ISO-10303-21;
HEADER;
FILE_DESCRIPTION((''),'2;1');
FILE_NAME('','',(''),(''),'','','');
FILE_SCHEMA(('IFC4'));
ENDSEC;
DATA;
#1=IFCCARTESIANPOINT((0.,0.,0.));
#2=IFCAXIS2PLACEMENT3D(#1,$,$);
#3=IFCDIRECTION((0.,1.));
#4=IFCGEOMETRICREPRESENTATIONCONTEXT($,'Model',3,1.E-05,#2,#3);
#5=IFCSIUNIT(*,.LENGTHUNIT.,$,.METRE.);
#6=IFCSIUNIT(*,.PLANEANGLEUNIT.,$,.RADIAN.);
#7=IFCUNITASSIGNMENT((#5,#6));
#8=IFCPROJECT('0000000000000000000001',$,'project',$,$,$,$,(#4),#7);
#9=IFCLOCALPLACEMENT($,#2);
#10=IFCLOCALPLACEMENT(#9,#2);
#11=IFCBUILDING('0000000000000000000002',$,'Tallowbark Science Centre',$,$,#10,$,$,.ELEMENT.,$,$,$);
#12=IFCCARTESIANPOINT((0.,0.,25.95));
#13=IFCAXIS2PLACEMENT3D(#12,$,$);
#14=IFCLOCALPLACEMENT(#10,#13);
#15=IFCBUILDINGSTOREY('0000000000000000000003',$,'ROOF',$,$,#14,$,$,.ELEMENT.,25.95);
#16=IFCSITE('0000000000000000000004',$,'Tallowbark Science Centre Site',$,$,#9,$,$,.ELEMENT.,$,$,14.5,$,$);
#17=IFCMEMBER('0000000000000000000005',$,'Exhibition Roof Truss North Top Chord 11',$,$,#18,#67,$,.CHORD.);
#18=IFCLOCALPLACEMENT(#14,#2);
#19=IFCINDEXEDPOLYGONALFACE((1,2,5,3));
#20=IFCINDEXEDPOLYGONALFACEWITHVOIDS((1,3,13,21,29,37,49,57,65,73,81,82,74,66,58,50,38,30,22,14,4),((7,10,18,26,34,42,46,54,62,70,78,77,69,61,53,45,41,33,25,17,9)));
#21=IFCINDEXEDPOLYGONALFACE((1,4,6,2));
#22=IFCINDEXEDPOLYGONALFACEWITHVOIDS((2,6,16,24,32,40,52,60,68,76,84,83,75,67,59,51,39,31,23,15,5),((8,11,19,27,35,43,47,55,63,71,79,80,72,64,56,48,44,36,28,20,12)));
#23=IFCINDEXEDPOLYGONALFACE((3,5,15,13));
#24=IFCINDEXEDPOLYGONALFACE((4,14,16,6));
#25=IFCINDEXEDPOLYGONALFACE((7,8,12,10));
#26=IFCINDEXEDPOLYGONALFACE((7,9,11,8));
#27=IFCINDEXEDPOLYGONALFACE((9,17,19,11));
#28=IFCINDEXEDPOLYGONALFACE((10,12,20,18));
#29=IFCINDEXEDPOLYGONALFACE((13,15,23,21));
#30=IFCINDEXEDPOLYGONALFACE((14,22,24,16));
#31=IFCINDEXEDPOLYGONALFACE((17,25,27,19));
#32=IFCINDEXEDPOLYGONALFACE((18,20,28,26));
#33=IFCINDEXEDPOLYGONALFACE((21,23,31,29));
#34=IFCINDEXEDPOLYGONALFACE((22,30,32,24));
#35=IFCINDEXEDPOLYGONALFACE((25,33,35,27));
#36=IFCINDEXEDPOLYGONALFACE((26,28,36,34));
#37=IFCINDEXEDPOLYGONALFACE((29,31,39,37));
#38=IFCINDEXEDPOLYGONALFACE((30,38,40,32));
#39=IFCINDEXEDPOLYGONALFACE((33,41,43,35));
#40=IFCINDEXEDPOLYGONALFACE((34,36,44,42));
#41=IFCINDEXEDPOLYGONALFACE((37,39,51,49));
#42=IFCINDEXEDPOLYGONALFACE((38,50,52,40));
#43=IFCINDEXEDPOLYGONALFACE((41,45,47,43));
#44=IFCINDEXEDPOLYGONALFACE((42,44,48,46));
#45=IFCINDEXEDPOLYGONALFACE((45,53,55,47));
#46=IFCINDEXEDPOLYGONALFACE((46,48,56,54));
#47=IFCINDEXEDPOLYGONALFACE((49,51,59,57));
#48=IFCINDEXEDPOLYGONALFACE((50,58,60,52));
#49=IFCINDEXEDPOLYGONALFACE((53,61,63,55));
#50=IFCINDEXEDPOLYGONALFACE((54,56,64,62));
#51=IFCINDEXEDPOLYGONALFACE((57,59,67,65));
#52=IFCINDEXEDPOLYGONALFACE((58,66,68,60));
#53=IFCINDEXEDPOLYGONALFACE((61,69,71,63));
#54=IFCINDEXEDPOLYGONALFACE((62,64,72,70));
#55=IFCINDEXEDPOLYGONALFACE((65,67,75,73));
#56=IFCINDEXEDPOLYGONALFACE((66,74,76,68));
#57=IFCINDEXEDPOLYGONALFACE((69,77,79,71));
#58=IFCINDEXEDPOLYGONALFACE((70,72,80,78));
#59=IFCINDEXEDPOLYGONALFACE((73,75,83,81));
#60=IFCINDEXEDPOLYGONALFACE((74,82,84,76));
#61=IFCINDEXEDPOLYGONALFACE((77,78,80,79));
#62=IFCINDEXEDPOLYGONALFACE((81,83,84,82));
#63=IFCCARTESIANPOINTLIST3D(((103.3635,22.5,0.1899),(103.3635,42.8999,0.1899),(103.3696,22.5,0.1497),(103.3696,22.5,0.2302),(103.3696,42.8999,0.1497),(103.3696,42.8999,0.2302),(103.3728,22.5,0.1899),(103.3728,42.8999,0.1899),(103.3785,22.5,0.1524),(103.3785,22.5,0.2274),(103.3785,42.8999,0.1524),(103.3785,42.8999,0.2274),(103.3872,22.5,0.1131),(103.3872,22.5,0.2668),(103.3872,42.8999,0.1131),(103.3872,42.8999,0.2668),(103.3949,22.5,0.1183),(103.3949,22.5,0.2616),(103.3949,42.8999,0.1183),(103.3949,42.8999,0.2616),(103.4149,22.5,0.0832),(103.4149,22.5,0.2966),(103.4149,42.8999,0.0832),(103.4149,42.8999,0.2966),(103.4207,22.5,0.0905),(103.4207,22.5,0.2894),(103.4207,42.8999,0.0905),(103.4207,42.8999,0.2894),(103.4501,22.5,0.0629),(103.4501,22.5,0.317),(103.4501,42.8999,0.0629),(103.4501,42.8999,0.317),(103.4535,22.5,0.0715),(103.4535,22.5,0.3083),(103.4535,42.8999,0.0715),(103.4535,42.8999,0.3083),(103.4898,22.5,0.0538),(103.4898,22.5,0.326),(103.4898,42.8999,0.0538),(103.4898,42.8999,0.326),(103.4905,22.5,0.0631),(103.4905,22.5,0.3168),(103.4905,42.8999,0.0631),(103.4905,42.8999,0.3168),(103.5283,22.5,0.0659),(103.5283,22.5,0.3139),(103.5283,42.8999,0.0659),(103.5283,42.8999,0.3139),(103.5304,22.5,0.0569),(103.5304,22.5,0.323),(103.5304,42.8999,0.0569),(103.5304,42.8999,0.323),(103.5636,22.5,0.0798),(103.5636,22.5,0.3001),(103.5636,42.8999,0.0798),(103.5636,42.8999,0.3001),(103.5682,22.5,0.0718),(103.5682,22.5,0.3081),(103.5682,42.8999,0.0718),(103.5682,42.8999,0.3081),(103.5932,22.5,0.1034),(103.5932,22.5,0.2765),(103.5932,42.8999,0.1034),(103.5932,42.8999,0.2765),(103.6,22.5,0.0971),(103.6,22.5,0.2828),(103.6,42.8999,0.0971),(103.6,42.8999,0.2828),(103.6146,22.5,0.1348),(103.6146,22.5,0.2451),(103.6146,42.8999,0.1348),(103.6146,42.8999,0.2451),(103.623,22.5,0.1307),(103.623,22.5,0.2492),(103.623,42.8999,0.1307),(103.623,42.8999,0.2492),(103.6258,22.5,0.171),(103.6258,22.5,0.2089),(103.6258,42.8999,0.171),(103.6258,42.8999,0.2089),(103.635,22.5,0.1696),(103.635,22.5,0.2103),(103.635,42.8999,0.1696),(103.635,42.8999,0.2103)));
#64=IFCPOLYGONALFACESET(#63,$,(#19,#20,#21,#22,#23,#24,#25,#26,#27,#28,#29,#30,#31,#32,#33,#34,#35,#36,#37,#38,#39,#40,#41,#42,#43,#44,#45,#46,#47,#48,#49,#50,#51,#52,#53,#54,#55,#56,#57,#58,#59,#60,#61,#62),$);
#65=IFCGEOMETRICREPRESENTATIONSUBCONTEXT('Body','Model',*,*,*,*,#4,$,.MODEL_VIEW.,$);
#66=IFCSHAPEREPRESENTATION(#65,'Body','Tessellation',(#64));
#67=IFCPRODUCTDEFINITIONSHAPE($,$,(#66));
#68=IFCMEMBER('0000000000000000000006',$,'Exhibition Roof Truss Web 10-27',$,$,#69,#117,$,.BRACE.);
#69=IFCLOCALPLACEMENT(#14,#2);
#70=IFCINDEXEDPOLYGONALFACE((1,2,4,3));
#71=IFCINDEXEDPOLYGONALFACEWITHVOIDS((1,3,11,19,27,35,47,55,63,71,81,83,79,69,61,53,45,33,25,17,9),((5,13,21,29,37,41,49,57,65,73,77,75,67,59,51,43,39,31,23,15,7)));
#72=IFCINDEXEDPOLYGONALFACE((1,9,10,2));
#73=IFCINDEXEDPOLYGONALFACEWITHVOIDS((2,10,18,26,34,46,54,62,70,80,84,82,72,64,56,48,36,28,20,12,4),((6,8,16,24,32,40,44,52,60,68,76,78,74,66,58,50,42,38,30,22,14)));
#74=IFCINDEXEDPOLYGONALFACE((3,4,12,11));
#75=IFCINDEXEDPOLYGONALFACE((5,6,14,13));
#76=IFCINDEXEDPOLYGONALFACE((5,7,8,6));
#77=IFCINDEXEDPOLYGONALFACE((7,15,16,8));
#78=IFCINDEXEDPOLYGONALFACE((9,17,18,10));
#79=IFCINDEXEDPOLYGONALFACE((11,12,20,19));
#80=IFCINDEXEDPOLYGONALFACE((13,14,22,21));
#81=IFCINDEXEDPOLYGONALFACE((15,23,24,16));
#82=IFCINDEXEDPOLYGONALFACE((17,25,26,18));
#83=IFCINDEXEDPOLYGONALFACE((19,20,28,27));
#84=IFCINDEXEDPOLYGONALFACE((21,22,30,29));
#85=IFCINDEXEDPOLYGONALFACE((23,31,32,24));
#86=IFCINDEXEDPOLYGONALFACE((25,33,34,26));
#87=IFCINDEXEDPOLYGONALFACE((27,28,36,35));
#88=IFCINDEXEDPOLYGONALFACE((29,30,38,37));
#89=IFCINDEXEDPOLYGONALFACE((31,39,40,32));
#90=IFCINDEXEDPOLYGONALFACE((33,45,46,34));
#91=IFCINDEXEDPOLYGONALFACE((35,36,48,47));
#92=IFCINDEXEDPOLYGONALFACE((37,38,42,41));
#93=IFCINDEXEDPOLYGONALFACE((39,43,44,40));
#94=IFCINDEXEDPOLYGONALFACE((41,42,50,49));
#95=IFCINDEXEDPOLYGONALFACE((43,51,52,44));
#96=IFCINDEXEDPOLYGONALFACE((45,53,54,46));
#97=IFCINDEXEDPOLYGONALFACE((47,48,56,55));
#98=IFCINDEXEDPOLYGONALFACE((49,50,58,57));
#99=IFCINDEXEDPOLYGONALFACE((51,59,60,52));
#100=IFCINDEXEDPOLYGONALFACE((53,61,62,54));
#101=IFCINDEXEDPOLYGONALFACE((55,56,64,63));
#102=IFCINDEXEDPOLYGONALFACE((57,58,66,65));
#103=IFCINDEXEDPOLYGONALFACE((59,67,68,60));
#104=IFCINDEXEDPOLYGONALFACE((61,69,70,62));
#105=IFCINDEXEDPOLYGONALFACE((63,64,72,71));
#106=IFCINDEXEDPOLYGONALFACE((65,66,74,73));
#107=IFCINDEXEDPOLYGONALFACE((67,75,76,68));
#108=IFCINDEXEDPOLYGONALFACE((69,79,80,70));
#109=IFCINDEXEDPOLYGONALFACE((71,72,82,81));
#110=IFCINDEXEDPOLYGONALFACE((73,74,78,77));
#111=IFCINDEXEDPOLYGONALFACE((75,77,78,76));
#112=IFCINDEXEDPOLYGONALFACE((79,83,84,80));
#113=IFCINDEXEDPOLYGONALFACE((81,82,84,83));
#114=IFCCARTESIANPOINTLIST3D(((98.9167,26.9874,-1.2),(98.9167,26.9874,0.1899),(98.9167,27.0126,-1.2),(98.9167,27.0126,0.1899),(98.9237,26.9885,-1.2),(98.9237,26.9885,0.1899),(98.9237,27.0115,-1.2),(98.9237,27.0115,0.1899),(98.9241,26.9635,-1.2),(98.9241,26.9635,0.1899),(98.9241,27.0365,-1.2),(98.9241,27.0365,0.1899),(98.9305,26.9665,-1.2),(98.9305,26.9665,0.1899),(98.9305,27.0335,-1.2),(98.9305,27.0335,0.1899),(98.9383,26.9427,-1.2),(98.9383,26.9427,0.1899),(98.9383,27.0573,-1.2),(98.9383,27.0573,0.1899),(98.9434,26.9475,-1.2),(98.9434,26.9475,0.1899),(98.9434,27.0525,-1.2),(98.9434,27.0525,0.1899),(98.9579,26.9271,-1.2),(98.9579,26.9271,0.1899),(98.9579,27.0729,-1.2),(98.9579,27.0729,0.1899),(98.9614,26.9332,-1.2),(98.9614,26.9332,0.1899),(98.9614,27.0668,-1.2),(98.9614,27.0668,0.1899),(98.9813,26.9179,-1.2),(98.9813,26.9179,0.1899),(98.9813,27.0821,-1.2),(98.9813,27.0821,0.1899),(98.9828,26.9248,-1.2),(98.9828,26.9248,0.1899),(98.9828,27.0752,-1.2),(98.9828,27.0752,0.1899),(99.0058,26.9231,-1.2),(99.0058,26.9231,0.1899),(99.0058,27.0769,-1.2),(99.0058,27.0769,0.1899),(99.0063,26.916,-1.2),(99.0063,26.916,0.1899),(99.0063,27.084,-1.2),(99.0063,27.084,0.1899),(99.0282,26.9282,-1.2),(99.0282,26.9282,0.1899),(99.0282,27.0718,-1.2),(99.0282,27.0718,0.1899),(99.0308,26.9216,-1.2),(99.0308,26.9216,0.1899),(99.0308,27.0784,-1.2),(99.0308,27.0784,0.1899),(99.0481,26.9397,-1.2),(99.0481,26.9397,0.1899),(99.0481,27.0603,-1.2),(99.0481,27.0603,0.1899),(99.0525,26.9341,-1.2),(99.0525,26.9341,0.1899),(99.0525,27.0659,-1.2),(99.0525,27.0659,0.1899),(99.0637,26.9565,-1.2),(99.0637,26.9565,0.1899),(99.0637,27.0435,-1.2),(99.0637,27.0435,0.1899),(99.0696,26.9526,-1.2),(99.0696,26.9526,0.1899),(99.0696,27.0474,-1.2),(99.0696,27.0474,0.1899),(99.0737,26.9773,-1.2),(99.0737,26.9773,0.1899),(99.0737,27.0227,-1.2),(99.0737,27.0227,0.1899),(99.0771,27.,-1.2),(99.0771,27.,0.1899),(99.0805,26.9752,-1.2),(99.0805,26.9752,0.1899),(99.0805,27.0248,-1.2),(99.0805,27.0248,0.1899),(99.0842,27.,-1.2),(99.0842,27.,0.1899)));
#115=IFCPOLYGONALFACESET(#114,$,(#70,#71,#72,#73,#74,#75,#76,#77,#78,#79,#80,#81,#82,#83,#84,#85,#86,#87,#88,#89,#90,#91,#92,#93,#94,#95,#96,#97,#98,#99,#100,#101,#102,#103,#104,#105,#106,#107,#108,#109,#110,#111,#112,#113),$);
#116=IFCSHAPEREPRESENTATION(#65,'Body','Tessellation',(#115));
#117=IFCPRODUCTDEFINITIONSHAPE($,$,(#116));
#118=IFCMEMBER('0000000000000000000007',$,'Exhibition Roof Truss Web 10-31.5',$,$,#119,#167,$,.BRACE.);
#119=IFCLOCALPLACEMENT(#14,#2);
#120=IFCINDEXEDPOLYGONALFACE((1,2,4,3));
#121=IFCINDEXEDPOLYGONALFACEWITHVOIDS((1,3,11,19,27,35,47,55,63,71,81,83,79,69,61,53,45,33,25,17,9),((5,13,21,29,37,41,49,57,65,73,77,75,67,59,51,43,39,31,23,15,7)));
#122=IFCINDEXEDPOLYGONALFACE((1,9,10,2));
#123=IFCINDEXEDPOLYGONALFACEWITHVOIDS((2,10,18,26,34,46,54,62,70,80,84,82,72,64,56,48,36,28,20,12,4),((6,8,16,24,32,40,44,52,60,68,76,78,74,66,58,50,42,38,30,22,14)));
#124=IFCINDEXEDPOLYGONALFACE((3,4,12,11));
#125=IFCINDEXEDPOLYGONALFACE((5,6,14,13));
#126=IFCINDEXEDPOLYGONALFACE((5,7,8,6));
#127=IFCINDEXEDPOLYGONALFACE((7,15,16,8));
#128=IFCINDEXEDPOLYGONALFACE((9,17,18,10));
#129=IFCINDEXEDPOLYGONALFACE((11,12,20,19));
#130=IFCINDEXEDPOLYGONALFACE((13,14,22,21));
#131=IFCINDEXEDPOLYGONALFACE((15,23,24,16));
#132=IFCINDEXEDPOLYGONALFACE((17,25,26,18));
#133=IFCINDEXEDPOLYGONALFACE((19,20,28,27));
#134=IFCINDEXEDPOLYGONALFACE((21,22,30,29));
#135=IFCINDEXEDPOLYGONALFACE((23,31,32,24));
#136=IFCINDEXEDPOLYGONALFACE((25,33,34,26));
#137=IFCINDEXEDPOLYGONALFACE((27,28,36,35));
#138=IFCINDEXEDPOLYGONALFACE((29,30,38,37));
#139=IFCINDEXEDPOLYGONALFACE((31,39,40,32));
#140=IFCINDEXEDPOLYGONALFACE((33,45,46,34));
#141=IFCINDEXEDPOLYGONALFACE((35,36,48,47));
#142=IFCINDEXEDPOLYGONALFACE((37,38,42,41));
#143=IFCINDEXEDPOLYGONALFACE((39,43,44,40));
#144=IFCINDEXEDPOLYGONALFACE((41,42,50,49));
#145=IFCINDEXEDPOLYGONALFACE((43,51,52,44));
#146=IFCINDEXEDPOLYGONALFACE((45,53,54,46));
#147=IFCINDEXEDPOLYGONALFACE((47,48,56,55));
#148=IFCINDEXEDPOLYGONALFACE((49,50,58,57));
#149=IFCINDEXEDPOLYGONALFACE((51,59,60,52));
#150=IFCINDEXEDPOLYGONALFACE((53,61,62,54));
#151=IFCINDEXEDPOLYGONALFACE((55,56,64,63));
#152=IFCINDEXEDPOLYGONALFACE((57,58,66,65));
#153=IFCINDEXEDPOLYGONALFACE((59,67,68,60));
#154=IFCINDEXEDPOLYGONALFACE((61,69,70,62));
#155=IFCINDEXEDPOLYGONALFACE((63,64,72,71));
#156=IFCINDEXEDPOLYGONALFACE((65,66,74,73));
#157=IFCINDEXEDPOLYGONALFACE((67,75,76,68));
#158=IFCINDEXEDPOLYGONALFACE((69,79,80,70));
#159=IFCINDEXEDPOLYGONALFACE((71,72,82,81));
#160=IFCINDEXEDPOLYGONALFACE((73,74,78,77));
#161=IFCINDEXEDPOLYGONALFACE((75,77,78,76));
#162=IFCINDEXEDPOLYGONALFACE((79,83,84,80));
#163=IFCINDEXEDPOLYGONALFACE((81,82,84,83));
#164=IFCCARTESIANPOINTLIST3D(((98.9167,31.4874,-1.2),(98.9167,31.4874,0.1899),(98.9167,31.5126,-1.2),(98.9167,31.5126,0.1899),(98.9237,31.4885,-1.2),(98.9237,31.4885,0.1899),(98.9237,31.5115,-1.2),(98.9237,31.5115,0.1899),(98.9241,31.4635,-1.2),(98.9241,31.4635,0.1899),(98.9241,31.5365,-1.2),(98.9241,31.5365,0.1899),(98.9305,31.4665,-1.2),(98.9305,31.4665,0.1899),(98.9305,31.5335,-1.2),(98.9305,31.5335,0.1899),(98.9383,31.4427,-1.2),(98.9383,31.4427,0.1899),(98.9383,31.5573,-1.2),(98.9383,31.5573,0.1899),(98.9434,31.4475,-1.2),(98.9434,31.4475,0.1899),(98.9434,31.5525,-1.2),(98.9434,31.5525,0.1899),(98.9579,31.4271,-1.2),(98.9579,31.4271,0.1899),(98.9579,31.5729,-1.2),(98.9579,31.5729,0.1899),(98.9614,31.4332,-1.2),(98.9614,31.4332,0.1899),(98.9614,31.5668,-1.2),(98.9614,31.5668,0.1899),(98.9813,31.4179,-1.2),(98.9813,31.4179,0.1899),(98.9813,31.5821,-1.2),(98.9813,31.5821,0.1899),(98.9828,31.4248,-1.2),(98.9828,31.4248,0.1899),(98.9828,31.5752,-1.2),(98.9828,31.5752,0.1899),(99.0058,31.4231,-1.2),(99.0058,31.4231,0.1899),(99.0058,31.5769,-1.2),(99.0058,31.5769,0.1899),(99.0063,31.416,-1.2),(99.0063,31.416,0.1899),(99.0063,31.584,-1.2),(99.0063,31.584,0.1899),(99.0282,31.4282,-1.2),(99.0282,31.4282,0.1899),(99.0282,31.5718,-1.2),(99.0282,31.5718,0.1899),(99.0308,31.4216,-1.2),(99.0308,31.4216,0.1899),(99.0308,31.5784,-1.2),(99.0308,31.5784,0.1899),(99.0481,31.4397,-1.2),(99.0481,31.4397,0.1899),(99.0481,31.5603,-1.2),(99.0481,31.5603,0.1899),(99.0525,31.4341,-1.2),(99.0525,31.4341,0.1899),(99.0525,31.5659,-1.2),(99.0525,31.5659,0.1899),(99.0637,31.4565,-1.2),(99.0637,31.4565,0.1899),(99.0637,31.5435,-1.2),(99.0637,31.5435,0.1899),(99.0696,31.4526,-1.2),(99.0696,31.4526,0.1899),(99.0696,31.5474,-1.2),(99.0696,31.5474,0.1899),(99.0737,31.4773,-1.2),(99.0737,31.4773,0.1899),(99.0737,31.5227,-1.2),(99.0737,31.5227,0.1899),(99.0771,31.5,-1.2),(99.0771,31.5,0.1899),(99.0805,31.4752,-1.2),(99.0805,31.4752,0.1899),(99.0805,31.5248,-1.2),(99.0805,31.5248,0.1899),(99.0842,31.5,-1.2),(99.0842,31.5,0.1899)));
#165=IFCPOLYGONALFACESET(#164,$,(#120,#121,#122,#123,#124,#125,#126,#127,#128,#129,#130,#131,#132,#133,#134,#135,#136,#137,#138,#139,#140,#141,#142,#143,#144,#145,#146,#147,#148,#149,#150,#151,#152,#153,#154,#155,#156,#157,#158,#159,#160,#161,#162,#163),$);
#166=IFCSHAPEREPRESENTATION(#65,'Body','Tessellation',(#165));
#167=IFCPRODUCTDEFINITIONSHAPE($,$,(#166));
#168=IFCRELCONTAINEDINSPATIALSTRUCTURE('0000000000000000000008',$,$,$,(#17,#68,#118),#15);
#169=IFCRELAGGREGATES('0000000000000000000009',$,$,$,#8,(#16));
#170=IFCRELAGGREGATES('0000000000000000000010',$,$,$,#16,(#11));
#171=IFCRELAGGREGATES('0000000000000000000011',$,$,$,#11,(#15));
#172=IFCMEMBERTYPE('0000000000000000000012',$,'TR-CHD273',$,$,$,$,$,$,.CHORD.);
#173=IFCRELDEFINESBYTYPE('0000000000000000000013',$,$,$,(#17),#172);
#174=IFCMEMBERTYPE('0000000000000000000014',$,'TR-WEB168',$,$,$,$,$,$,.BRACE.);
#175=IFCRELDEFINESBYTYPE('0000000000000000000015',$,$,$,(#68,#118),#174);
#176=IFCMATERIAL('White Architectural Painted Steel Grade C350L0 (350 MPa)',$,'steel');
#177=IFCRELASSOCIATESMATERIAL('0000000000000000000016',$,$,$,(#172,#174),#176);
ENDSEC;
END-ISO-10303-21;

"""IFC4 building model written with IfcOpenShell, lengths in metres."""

from ifc_helpers import new_model, si_unit, direction, frame, origin, origin_2d, place, context, subcontext, project, spatial, hollow_circle, extrude, material, material_profile, profile_set, type_object, element, save


model = new_model("IFC4")

# Units and contexts
model_context = context("Model", 3, precision=1e-05, world=origin(), true_north=direction((0.0, 1.0)))
body_context = subcontext(model_context, "Body", "Model", "MODEL_VIEW")
ifc_project = project(units=[si_unit("LENGTHUNIT", "METRE"), si_unit("PLANEANGLEUNIT", "RADIAN")], contexts=[model_context])

# Site, building, storey
site_placement = place(None, origin())
site = spatial("IfcSite", under=ifc_project, at=site_placement, Name="Tallowbark Science Centre Site", CompositionType="ELEMENT", RefElevation=14.5)
building_placement = place(site_placement, origin())
building = spatial("IfcBuilding", under=site, at=building_placement, Name="Tallowbark Science Centre", CompositionType="ELEMENT")
storey_placement = place(building_placement, frame((0.0, 0.0, 25.95)))
storey = spatial("IfcBuildingStorey", under=building, at=storey_placement, Name="ROOF", CompositionType="ELEMENT", Elevation=25.95)

# Shared definitions
ifc_material_1 = material(Name="White Architectural Painted Steel Grade C350L0 (350 MPa)", Category="steel")

# Members
ifc_material_profile_1 = material_profile(ifc_material_1, hollow_circle(Radius=0.1365, WallThickness=0.0093, at=origin_2d()), Name="273.1x9.3CHS")
ifc_profile_set_1 = profile_set([ifc_material_profile_1], Name="White Architectural Painted Steel Grade C350L0 (350 MPa)")
member_type_1 = type_object("IfcMemberType", Name="TR-CHD273", PredefinedType="CHORD", material=ifc_profile_set_1)
member_1_placement = place(storey_placement, frame((103.5, 22.5, 0.1899), z_axis=(0.0, 1.0, 0.0), x_axis=(-1.0, 0.0, 0.0)))
element("IfcMember", 1, at=member_1_placement, inside=storey, type_object=member_type_1, Name="Exhibition Roof Truss North Top Chord 11", PredefinedType="CHORD", context=body_context, shape_type="SweptSolid", body=[
    extrude(hollow_circle(Radius=0.1365, WallThickness=0.0093, at=origin_2d()), origin(), (0.0, 0.0, 1.0), 20.3999),
])
ifc_material_profile_2 = material_profile(ifc_material_1, hollow_circle(Radius=0.0842, WallThickness=0.0071, at=origin_2d()), Name="168.3x7.1CHS")
ifc_profile_set_2 = profile_set([ifc_material_profile_2], Name="White Architectural Painted Steel Grade C350L0 (350 MPa)")
member_type_2 = type_object("IfcMemberType", Name="TR-WEB168", PredefinedType="BRACE", material=ifc_profile_set_2)
for number, where, z_axis, x_axis, name in (
    (2, (99.0, 27.0, -1.2), (0.0, 0.0, 1.0), (1.0, 0.0, 0.0), "Exhibition Roof Truss Web 10-27"),
    (3, (99.0, 31.5, -1.2), (0.0, 0.0, 1.0), (1.0, 0.0, 0.0), "Exhibition Roof Truss Web 10-31.5"),
):
    element("IfcMember", number, at=place(storey_placement, frame(where, z_axis=z_axis, x_axis=x_axis)), inside=storey, type_object=member_type_2, Name=name, PredefinedType="BRACE", context=body_context, shape_type="SweptSolid", body=[
        extrude(hollow_circle(Radius=0.0842, WallThickness=0.0071, at=origin_2d()), origin(), (0.0, 0.0, 1.0), 1.3899),
    ])

save(model, "model.ifc")
